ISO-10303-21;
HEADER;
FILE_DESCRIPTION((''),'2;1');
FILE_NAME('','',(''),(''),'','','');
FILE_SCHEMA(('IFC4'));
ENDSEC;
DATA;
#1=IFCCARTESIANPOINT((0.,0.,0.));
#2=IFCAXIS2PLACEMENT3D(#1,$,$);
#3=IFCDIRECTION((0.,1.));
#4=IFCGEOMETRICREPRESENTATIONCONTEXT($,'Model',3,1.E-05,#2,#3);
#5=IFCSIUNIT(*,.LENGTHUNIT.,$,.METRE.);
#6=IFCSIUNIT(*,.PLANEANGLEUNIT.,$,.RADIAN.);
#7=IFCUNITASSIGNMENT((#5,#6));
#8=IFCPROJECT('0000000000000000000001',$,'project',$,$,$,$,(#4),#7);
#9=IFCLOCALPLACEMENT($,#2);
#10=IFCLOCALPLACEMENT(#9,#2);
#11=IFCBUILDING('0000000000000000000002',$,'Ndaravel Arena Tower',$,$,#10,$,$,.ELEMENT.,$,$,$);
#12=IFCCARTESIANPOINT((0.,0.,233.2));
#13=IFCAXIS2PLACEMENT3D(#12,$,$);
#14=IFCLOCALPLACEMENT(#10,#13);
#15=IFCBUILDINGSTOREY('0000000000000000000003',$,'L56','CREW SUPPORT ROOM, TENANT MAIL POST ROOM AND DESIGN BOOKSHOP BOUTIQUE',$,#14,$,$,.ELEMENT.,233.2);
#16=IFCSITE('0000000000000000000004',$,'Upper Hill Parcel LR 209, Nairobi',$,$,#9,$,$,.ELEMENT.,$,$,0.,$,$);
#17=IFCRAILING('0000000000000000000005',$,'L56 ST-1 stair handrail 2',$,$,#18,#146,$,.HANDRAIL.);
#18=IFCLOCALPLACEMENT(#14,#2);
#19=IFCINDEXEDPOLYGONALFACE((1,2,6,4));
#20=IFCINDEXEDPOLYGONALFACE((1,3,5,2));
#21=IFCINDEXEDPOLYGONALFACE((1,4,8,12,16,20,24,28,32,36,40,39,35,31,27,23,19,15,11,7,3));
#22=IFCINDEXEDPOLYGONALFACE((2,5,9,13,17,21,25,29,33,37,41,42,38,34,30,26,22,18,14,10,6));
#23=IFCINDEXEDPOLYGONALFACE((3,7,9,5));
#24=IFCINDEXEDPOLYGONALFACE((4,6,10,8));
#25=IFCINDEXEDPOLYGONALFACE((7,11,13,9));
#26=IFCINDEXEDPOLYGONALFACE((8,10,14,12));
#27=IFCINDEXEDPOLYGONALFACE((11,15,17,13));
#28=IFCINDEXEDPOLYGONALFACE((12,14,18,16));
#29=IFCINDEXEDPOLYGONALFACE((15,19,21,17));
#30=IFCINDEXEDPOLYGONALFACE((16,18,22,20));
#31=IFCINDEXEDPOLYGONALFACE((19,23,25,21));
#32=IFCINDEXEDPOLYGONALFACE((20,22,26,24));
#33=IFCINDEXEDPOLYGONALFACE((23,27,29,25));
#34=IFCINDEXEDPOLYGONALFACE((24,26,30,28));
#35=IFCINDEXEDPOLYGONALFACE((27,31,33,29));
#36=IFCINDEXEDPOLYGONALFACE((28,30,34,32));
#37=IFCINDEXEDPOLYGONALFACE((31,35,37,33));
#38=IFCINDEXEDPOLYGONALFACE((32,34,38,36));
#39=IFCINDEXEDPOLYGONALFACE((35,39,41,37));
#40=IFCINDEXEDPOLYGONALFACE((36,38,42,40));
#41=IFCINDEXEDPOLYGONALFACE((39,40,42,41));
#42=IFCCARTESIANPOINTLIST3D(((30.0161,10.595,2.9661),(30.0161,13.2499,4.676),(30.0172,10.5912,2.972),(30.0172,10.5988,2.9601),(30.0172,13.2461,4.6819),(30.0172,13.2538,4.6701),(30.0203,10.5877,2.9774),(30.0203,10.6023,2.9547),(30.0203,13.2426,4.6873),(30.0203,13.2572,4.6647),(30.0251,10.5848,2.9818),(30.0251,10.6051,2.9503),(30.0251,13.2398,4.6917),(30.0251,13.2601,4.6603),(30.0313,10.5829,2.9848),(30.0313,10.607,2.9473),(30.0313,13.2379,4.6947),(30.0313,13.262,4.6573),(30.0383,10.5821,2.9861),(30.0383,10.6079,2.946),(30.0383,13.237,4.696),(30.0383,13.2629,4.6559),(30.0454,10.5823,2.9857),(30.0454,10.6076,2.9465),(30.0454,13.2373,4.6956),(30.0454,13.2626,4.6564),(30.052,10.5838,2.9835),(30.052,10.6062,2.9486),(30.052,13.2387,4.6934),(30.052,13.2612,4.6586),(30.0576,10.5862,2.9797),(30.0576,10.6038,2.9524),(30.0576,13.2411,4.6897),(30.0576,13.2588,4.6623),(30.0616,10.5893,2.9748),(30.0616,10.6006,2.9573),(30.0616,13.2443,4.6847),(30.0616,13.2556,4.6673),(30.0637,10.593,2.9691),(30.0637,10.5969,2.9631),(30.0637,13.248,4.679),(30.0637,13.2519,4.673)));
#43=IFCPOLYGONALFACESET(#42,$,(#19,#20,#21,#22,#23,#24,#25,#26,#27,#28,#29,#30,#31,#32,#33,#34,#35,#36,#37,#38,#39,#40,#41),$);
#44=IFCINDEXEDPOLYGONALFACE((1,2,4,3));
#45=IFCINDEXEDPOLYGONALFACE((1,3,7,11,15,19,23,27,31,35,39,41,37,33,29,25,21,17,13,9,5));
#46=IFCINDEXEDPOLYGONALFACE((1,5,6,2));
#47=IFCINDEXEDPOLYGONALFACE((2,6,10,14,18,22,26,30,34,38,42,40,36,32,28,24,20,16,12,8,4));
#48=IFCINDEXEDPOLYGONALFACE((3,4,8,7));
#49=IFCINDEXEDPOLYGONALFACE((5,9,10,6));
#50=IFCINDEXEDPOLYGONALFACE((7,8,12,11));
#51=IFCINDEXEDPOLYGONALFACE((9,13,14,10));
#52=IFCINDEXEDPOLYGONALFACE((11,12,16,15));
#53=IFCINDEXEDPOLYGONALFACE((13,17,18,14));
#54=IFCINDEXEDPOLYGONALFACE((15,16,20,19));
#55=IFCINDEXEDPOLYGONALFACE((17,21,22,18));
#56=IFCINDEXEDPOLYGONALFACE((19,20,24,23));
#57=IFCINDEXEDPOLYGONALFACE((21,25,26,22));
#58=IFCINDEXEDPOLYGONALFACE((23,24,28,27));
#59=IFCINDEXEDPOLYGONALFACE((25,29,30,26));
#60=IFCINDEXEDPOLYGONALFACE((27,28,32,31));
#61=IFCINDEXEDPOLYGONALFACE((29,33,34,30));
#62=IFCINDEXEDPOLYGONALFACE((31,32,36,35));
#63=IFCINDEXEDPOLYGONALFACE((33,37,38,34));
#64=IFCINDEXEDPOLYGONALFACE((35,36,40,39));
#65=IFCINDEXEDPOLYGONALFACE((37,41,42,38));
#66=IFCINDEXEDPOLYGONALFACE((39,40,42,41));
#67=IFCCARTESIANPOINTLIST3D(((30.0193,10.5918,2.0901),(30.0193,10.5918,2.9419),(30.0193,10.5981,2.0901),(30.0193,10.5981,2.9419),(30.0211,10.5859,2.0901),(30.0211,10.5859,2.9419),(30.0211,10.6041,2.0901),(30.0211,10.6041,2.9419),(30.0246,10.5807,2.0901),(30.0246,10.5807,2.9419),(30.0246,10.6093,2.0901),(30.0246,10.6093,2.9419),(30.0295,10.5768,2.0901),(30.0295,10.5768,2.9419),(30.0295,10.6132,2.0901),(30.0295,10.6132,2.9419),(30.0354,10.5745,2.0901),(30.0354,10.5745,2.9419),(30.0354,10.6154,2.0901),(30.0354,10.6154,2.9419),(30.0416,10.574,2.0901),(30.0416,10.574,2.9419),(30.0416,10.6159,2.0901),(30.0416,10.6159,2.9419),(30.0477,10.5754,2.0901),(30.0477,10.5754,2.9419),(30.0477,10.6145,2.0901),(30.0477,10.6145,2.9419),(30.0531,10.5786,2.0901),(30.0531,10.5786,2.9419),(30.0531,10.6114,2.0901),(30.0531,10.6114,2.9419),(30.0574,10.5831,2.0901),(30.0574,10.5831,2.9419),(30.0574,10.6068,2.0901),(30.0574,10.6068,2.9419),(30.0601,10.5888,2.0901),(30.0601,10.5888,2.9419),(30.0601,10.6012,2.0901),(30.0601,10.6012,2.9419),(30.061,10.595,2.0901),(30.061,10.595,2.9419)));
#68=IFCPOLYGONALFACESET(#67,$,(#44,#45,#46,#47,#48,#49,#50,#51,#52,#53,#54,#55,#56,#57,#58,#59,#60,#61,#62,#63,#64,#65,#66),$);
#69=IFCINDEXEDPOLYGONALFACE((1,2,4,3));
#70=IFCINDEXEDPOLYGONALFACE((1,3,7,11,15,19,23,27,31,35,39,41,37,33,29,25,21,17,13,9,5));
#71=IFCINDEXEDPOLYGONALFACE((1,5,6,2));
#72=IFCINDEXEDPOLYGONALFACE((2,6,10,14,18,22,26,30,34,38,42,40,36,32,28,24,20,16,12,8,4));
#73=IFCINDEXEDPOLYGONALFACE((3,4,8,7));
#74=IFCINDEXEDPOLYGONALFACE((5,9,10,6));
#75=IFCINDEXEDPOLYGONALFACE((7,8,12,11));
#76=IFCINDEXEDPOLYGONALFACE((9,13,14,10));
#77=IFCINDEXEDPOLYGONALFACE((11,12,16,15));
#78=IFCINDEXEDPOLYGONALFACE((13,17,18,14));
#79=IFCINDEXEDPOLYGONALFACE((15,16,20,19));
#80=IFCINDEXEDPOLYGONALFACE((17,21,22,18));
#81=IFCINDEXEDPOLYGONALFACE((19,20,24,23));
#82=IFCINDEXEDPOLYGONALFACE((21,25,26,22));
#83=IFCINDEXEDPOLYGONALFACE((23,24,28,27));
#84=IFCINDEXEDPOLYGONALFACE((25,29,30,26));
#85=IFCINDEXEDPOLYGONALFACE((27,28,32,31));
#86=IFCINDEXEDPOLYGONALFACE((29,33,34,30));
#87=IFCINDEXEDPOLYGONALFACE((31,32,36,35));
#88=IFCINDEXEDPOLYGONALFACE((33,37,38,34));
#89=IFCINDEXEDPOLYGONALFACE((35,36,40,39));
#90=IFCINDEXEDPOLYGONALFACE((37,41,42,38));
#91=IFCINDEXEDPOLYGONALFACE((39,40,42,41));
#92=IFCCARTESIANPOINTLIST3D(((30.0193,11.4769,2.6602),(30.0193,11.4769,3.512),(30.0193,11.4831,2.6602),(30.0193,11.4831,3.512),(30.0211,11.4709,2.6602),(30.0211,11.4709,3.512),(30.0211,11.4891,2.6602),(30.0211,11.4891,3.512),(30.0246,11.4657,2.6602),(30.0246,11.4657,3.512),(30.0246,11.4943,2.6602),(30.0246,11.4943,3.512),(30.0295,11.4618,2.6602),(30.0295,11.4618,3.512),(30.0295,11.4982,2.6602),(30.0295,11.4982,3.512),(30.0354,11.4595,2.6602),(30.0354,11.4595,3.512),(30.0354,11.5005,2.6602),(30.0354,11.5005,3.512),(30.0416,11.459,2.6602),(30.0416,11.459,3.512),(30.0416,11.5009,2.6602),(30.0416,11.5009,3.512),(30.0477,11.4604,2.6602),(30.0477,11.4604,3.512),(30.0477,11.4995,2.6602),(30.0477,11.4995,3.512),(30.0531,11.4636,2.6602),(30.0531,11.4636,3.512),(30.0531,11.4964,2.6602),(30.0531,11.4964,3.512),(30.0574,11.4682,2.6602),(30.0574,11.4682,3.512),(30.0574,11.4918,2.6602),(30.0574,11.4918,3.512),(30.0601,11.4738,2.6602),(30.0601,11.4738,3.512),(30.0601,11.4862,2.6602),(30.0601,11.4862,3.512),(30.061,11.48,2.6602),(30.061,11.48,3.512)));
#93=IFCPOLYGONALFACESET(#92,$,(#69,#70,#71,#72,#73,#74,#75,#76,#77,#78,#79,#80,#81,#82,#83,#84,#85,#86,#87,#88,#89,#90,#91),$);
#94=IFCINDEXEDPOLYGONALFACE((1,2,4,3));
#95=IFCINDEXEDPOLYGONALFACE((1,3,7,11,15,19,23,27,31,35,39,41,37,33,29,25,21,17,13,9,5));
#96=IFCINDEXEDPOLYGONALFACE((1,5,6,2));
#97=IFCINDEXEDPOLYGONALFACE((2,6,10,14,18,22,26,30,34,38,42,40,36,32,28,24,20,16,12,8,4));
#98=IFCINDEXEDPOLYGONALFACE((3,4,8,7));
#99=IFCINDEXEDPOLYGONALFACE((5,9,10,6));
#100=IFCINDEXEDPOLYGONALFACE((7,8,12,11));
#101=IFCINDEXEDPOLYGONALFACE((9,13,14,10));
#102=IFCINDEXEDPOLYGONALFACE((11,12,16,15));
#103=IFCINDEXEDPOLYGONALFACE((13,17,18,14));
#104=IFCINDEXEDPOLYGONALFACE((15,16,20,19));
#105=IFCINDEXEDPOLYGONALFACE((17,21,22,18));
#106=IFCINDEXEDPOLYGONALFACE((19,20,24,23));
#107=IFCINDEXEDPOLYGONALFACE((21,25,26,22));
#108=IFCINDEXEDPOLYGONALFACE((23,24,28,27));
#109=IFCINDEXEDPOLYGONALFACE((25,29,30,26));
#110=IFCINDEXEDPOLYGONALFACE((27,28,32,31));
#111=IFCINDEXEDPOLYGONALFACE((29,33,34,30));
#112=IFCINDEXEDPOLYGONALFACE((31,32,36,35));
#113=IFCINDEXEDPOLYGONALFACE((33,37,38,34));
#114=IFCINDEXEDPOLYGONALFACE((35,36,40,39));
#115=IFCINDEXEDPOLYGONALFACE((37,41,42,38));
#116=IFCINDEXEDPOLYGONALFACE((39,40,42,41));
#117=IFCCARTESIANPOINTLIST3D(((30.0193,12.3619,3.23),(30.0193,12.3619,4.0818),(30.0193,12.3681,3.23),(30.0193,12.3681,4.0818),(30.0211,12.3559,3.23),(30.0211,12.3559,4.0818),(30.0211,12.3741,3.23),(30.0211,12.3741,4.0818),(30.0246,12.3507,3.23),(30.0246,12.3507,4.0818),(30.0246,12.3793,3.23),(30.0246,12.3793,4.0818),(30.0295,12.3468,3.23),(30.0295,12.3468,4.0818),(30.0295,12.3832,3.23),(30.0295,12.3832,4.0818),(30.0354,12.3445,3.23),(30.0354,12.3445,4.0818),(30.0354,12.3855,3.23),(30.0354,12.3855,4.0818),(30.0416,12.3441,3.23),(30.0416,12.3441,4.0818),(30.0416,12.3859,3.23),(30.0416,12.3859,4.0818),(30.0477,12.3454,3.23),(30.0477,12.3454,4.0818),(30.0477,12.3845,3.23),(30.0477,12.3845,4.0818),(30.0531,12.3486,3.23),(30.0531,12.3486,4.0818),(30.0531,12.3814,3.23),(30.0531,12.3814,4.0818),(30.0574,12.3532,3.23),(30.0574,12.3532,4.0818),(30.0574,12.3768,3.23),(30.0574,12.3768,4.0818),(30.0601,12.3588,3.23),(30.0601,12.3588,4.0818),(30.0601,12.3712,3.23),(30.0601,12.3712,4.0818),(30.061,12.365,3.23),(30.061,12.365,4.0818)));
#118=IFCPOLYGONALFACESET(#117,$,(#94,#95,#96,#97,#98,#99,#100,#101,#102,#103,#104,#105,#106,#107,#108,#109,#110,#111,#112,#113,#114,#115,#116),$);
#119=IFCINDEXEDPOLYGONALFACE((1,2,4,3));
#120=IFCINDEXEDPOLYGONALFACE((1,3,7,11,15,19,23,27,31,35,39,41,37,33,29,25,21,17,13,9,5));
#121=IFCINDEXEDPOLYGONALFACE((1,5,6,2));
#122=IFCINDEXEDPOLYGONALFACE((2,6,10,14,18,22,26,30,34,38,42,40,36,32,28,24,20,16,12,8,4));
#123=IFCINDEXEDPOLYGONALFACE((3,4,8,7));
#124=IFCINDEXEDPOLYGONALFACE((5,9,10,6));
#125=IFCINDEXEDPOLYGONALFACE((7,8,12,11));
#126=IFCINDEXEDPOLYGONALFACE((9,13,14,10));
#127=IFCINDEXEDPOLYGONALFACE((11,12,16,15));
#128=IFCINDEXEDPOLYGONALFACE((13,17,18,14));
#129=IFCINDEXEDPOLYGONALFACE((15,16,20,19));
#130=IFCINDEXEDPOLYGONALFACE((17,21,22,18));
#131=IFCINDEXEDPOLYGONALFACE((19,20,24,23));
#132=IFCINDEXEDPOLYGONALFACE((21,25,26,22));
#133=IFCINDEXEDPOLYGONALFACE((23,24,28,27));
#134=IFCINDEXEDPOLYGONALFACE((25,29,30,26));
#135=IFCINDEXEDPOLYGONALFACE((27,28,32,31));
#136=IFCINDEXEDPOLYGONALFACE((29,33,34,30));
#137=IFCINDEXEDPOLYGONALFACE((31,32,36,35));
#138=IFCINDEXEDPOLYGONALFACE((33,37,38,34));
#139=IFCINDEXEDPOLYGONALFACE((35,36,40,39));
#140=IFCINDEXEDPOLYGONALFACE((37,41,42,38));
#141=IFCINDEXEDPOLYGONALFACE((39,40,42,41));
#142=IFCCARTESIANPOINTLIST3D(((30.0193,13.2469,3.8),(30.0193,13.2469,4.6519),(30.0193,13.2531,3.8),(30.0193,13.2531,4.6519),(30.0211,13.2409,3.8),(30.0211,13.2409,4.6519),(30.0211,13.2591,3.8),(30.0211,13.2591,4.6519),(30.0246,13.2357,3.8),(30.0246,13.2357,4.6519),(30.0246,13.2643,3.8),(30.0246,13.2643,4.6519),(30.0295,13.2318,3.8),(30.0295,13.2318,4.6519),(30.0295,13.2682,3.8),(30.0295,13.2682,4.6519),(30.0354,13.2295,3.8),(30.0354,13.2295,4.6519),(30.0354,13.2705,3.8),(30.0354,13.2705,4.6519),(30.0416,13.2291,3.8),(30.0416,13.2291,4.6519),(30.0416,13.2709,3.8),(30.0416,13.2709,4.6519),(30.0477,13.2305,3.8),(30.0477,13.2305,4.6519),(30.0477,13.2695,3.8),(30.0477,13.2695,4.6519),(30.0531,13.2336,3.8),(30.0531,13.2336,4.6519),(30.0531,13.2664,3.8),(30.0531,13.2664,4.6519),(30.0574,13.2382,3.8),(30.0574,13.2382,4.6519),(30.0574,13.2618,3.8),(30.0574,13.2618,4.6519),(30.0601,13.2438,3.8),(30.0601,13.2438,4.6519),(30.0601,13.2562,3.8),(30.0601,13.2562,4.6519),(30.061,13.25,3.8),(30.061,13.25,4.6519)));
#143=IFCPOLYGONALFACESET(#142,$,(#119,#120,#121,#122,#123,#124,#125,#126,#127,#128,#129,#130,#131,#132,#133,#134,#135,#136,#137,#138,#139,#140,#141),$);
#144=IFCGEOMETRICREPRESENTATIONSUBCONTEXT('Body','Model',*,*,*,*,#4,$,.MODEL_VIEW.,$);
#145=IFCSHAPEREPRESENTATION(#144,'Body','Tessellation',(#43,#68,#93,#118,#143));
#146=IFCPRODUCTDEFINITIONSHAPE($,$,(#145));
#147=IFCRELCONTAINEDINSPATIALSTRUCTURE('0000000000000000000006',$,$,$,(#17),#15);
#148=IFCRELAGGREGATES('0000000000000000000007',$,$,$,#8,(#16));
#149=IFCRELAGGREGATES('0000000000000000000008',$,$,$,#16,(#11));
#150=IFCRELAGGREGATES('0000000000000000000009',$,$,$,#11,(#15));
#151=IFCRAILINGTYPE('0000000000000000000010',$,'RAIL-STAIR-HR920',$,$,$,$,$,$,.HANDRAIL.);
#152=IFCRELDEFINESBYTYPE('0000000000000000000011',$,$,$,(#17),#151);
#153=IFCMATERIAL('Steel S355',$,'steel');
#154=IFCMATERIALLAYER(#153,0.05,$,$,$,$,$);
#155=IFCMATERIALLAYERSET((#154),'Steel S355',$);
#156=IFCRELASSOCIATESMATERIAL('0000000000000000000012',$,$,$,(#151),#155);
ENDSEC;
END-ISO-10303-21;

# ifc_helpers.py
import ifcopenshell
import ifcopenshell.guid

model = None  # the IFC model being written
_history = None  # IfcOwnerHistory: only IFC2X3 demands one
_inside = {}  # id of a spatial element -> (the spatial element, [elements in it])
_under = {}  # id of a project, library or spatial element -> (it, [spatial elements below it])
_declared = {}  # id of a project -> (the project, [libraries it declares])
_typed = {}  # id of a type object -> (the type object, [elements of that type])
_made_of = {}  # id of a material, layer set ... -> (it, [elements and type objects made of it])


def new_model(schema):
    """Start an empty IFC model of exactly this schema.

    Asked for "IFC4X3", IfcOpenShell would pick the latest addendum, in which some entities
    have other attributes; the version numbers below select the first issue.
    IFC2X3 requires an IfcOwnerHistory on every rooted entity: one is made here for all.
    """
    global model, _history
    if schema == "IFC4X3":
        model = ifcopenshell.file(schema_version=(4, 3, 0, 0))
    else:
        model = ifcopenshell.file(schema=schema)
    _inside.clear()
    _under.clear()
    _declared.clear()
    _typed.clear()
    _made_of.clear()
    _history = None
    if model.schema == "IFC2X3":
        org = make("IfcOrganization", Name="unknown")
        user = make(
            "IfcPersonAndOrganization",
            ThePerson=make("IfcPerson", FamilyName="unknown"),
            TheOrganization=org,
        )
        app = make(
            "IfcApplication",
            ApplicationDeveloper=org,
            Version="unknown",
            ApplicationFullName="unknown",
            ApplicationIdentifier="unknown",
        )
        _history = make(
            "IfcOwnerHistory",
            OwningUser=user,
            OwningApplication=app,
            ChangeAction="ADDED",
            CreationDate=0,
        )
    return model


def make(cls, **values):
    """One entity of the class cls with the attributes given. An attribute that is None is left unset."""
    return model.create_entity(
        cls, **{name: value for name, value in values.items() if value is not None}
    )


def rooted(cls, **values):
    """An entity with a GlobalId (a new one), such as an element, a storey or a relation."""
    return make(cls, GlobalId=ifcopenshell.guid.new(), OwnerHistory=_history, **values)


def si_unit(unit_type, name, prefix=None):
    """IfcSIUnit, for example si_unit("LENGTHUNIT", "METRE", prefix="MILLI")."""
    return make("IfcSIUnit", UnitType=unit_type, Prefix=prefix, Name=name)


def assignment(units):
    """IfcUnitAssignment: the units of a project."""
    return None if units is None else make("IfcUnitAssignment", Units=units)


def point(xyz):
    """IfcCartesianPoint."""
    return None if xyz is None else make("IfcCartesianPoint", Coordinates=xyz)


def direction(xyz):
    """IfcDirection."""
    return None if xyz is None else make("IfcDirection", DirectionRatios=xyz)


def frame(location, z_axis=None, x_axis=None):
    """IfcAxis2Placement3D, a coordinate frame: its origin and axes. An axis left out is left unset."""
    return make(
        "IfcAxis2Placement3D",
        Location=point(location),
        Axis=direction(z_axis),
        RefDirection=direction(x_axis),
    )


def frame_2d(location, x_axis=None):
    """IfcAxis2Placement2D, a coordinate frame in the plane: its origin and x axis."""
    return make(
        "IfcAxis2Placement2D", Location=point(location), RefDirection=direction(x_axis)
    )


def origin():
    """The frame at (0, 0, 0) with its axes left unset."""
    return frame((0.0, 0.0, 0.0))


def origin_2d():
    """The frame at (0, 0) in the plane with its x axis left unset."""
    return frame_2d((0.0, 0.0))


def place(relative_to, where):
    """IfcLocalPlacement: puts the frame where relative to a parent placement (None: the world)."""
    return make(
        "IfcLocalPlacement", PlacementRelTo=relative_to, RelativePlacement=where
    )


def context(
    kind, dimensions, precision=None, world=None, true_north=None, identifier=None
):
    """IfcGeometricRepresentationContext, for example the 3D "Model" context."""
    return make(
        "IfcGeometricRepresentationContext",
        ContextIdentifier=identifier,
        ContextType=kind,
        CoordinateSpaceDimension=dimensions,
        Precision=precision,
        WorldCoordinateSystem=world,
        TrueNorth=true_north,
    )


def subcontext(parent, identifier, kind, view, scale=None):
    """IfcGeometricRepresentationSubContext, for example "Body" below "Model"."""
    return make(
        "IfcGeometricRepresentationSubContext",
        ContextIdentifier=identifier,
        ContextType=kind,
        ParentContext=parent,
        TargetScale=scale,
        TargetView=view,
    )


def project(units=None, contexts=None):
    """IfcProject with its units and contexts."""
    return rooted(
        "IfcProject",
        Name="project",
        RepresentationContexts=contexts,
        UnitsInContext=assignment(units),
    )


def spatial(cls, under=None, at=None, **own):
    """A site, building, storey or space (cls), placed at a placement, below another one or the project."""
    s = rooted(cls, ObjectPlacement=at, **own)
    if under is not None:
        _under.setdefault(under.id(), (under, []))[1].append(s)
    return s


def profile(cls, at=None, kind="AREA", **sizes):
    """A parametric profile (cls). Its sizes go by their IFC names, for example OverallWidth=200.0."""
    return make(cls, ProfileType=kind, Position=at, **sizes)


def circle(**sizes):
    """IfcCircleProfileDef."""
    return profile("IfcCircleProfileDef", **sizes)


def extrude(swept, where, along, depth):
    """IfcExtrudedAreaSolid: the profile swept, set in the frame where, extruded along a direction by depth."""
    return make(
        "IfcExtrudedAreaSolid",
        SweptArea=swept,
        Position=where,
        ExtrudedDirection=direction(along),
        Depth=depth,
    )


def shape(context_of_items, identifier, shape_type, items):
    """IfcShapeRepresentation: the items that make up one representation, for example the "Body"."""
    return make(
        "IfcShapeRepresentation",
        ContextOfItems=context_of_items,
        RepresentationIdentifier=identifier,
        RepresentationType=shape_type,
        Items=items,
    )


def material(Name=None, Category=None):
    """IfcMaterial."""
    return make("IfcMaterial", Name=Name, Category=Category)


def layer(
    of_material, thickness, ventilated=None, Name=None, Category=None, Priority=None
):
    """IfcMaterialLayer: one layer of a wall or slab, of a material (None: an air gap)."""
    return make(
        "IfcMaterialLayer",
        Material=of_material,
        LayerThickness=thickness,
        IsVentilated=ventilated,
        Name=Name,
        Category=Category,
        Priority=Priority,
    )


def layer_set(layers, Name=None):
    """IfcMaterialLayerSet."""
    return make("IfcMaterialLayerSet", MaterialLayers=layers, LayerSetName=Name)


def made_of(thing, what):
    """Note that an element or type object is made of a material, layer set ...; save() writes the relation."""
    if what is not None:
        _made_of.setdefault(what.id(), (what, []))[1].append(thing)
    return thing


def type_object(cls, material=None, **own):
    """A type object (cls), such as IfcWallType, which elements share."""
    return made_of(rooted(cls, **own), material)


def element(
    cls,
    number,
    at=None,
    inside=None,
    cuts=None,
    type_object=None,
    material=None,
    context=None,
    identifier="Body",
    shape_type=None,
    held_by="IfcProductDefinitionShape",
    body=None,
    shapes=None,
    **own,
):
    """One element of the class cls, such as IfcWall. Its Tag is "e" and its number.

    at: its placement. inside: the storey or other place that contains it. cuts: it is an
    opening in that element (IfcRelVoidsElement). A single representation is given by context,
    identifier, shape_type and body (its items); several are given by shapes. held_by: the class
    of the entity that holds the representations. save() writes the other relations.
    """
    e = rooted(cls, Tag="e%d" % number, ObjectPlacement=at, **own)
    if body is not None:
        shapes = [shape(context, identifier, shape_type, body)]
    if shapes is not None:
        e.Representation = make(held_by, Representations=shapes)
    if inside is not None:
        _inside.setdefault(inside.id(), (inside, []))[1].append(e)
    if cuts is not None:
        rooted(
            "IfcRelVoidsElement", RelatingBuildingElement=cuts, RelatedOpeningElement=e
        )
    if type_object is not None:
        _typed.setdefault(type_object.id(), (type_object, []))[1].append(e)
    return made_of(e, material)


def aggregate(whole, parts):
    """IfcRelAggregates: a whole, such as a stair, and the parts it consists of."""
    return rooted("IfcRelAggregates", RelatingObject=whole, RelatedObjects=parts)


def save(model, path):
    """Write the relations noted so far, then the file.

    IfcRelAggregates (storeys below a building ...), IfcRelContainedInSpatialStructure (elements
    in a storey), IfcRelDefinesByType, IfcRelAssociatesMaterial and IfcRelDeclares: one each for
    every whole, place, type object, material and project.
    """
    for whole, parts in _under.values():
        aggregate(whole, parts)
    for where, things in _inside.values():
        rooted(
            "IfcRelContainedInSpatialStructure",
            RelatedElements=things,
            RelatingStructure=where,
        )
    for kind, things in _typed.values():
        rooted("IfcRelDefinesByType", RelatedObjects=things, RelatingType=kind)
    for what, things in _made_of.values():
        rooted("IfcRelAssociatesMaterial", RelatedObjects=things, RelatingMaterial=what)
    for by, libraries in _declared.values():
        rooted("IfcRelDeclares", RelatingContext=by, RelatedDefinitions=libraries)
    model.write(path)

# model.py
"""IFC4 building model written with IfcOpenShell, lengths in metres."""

from ifc_helpers import new_model, si_unit, direction, frame, origin, origin_2d, place, context, subcontext, project, spatial, circle, extrude, material, layer, layer_set, type_object, element, save


model = new_model("IFC4")

# Units and contexts
model_context = context("Model", 3, precision=1e-05, world=origin(), true_north=direction((0.0, 1.0)))
body_context = subcontext(model_context, "Body", "Model", "MODEL_VIEW")
ifc_project = project(units=[si_unit("LENGTHUNIT", "METRE"), si_unit("PLANEANGLEUNIT", "RADIAN")], contexts=[model_context])

# Site, building, storey
site_placement = place(None, origin())
site = spatial("IfcSite", under=ifc_project, at=site_placement, Name="Upper Hill Parcel LR 209, Nairobi", CompositionType="ELEMENT", RefElevation=0.0)
building_placement = place(site_placement, origin())
building = spatial("IfcBuilding", under=site, at=building_placement, Name="Ndaravel Arena Tower", CompositionType="ELEMENT")
storey_placement = place(building_placement, frame((0.0, 0.0, 233.2)))
storey = spatial("IfcBuildingStorey", under=building, at=storey_placement, Name="L56", Description="CREW SUPPORT ROOM, TENANT MAIL POST ROOM AND DESIGN BOOKSHOP BOUTIQUE", CompositionType="ELEMENT", Elevation=233.2)

# Railing
ifc_material_1 = material(Name="Steel S355", Category="steel")
ifc_layer_1 = layer(ifc_material_1, 0.05)
ifc_layer_set_1 = layer_set([ifc_layer_1], Name="Steel S355")
railing_type_1 = type_object("IfcRailingType", Name="RAIL-STAIR-HR920", PredefinedType="HANDRAIL", material=ifc_layer_set_1)
railing_1_placement = place(storey_placement, frame((30.04, 10.595, 2.0901)))
element("IfcRailing", 1, at=railing_1_placement, inside=storey, type_object=railing_type_1, Name="L56 ST-1 stair handrail 2", PredefinedType="HANDRAIL", context=body_context, shape_type="SweptSolid", body=[
    extrude(circle(Radius=0.0239, at=origin_2d()), frame((0.0, 0.0, 0.876), z_axis=(0.0, 0.840724, 0.541465), x_axis=(-1.0, 0.0, 0.0)), (0.0, 0.0, 1.0), 3.158),
    extrude(circle(Radius=0.021, at=origin_2d()), origin(), (0.0, 0.0, 1.0), 0.8518),
    extrude(circle(Radius=0.021, at=origin_2d()), frame((0.0, 0.885, 0.5701)), (0.0, 0.0, 1.0), 0.8518),
    extrude(circle(Radius=0.021, at=origin_2d()), frame((0.0, 1.77, 1.1399)), (0.0, 0.0, 1.0), 0.8518),
    extrude(circle(Radius=0.021, at=origin_2d()), frame((0.0, 2.655, 1.71)), (0.0, 0.0, 1.0), 0.8518),
])

save(model, "model.ifc")
